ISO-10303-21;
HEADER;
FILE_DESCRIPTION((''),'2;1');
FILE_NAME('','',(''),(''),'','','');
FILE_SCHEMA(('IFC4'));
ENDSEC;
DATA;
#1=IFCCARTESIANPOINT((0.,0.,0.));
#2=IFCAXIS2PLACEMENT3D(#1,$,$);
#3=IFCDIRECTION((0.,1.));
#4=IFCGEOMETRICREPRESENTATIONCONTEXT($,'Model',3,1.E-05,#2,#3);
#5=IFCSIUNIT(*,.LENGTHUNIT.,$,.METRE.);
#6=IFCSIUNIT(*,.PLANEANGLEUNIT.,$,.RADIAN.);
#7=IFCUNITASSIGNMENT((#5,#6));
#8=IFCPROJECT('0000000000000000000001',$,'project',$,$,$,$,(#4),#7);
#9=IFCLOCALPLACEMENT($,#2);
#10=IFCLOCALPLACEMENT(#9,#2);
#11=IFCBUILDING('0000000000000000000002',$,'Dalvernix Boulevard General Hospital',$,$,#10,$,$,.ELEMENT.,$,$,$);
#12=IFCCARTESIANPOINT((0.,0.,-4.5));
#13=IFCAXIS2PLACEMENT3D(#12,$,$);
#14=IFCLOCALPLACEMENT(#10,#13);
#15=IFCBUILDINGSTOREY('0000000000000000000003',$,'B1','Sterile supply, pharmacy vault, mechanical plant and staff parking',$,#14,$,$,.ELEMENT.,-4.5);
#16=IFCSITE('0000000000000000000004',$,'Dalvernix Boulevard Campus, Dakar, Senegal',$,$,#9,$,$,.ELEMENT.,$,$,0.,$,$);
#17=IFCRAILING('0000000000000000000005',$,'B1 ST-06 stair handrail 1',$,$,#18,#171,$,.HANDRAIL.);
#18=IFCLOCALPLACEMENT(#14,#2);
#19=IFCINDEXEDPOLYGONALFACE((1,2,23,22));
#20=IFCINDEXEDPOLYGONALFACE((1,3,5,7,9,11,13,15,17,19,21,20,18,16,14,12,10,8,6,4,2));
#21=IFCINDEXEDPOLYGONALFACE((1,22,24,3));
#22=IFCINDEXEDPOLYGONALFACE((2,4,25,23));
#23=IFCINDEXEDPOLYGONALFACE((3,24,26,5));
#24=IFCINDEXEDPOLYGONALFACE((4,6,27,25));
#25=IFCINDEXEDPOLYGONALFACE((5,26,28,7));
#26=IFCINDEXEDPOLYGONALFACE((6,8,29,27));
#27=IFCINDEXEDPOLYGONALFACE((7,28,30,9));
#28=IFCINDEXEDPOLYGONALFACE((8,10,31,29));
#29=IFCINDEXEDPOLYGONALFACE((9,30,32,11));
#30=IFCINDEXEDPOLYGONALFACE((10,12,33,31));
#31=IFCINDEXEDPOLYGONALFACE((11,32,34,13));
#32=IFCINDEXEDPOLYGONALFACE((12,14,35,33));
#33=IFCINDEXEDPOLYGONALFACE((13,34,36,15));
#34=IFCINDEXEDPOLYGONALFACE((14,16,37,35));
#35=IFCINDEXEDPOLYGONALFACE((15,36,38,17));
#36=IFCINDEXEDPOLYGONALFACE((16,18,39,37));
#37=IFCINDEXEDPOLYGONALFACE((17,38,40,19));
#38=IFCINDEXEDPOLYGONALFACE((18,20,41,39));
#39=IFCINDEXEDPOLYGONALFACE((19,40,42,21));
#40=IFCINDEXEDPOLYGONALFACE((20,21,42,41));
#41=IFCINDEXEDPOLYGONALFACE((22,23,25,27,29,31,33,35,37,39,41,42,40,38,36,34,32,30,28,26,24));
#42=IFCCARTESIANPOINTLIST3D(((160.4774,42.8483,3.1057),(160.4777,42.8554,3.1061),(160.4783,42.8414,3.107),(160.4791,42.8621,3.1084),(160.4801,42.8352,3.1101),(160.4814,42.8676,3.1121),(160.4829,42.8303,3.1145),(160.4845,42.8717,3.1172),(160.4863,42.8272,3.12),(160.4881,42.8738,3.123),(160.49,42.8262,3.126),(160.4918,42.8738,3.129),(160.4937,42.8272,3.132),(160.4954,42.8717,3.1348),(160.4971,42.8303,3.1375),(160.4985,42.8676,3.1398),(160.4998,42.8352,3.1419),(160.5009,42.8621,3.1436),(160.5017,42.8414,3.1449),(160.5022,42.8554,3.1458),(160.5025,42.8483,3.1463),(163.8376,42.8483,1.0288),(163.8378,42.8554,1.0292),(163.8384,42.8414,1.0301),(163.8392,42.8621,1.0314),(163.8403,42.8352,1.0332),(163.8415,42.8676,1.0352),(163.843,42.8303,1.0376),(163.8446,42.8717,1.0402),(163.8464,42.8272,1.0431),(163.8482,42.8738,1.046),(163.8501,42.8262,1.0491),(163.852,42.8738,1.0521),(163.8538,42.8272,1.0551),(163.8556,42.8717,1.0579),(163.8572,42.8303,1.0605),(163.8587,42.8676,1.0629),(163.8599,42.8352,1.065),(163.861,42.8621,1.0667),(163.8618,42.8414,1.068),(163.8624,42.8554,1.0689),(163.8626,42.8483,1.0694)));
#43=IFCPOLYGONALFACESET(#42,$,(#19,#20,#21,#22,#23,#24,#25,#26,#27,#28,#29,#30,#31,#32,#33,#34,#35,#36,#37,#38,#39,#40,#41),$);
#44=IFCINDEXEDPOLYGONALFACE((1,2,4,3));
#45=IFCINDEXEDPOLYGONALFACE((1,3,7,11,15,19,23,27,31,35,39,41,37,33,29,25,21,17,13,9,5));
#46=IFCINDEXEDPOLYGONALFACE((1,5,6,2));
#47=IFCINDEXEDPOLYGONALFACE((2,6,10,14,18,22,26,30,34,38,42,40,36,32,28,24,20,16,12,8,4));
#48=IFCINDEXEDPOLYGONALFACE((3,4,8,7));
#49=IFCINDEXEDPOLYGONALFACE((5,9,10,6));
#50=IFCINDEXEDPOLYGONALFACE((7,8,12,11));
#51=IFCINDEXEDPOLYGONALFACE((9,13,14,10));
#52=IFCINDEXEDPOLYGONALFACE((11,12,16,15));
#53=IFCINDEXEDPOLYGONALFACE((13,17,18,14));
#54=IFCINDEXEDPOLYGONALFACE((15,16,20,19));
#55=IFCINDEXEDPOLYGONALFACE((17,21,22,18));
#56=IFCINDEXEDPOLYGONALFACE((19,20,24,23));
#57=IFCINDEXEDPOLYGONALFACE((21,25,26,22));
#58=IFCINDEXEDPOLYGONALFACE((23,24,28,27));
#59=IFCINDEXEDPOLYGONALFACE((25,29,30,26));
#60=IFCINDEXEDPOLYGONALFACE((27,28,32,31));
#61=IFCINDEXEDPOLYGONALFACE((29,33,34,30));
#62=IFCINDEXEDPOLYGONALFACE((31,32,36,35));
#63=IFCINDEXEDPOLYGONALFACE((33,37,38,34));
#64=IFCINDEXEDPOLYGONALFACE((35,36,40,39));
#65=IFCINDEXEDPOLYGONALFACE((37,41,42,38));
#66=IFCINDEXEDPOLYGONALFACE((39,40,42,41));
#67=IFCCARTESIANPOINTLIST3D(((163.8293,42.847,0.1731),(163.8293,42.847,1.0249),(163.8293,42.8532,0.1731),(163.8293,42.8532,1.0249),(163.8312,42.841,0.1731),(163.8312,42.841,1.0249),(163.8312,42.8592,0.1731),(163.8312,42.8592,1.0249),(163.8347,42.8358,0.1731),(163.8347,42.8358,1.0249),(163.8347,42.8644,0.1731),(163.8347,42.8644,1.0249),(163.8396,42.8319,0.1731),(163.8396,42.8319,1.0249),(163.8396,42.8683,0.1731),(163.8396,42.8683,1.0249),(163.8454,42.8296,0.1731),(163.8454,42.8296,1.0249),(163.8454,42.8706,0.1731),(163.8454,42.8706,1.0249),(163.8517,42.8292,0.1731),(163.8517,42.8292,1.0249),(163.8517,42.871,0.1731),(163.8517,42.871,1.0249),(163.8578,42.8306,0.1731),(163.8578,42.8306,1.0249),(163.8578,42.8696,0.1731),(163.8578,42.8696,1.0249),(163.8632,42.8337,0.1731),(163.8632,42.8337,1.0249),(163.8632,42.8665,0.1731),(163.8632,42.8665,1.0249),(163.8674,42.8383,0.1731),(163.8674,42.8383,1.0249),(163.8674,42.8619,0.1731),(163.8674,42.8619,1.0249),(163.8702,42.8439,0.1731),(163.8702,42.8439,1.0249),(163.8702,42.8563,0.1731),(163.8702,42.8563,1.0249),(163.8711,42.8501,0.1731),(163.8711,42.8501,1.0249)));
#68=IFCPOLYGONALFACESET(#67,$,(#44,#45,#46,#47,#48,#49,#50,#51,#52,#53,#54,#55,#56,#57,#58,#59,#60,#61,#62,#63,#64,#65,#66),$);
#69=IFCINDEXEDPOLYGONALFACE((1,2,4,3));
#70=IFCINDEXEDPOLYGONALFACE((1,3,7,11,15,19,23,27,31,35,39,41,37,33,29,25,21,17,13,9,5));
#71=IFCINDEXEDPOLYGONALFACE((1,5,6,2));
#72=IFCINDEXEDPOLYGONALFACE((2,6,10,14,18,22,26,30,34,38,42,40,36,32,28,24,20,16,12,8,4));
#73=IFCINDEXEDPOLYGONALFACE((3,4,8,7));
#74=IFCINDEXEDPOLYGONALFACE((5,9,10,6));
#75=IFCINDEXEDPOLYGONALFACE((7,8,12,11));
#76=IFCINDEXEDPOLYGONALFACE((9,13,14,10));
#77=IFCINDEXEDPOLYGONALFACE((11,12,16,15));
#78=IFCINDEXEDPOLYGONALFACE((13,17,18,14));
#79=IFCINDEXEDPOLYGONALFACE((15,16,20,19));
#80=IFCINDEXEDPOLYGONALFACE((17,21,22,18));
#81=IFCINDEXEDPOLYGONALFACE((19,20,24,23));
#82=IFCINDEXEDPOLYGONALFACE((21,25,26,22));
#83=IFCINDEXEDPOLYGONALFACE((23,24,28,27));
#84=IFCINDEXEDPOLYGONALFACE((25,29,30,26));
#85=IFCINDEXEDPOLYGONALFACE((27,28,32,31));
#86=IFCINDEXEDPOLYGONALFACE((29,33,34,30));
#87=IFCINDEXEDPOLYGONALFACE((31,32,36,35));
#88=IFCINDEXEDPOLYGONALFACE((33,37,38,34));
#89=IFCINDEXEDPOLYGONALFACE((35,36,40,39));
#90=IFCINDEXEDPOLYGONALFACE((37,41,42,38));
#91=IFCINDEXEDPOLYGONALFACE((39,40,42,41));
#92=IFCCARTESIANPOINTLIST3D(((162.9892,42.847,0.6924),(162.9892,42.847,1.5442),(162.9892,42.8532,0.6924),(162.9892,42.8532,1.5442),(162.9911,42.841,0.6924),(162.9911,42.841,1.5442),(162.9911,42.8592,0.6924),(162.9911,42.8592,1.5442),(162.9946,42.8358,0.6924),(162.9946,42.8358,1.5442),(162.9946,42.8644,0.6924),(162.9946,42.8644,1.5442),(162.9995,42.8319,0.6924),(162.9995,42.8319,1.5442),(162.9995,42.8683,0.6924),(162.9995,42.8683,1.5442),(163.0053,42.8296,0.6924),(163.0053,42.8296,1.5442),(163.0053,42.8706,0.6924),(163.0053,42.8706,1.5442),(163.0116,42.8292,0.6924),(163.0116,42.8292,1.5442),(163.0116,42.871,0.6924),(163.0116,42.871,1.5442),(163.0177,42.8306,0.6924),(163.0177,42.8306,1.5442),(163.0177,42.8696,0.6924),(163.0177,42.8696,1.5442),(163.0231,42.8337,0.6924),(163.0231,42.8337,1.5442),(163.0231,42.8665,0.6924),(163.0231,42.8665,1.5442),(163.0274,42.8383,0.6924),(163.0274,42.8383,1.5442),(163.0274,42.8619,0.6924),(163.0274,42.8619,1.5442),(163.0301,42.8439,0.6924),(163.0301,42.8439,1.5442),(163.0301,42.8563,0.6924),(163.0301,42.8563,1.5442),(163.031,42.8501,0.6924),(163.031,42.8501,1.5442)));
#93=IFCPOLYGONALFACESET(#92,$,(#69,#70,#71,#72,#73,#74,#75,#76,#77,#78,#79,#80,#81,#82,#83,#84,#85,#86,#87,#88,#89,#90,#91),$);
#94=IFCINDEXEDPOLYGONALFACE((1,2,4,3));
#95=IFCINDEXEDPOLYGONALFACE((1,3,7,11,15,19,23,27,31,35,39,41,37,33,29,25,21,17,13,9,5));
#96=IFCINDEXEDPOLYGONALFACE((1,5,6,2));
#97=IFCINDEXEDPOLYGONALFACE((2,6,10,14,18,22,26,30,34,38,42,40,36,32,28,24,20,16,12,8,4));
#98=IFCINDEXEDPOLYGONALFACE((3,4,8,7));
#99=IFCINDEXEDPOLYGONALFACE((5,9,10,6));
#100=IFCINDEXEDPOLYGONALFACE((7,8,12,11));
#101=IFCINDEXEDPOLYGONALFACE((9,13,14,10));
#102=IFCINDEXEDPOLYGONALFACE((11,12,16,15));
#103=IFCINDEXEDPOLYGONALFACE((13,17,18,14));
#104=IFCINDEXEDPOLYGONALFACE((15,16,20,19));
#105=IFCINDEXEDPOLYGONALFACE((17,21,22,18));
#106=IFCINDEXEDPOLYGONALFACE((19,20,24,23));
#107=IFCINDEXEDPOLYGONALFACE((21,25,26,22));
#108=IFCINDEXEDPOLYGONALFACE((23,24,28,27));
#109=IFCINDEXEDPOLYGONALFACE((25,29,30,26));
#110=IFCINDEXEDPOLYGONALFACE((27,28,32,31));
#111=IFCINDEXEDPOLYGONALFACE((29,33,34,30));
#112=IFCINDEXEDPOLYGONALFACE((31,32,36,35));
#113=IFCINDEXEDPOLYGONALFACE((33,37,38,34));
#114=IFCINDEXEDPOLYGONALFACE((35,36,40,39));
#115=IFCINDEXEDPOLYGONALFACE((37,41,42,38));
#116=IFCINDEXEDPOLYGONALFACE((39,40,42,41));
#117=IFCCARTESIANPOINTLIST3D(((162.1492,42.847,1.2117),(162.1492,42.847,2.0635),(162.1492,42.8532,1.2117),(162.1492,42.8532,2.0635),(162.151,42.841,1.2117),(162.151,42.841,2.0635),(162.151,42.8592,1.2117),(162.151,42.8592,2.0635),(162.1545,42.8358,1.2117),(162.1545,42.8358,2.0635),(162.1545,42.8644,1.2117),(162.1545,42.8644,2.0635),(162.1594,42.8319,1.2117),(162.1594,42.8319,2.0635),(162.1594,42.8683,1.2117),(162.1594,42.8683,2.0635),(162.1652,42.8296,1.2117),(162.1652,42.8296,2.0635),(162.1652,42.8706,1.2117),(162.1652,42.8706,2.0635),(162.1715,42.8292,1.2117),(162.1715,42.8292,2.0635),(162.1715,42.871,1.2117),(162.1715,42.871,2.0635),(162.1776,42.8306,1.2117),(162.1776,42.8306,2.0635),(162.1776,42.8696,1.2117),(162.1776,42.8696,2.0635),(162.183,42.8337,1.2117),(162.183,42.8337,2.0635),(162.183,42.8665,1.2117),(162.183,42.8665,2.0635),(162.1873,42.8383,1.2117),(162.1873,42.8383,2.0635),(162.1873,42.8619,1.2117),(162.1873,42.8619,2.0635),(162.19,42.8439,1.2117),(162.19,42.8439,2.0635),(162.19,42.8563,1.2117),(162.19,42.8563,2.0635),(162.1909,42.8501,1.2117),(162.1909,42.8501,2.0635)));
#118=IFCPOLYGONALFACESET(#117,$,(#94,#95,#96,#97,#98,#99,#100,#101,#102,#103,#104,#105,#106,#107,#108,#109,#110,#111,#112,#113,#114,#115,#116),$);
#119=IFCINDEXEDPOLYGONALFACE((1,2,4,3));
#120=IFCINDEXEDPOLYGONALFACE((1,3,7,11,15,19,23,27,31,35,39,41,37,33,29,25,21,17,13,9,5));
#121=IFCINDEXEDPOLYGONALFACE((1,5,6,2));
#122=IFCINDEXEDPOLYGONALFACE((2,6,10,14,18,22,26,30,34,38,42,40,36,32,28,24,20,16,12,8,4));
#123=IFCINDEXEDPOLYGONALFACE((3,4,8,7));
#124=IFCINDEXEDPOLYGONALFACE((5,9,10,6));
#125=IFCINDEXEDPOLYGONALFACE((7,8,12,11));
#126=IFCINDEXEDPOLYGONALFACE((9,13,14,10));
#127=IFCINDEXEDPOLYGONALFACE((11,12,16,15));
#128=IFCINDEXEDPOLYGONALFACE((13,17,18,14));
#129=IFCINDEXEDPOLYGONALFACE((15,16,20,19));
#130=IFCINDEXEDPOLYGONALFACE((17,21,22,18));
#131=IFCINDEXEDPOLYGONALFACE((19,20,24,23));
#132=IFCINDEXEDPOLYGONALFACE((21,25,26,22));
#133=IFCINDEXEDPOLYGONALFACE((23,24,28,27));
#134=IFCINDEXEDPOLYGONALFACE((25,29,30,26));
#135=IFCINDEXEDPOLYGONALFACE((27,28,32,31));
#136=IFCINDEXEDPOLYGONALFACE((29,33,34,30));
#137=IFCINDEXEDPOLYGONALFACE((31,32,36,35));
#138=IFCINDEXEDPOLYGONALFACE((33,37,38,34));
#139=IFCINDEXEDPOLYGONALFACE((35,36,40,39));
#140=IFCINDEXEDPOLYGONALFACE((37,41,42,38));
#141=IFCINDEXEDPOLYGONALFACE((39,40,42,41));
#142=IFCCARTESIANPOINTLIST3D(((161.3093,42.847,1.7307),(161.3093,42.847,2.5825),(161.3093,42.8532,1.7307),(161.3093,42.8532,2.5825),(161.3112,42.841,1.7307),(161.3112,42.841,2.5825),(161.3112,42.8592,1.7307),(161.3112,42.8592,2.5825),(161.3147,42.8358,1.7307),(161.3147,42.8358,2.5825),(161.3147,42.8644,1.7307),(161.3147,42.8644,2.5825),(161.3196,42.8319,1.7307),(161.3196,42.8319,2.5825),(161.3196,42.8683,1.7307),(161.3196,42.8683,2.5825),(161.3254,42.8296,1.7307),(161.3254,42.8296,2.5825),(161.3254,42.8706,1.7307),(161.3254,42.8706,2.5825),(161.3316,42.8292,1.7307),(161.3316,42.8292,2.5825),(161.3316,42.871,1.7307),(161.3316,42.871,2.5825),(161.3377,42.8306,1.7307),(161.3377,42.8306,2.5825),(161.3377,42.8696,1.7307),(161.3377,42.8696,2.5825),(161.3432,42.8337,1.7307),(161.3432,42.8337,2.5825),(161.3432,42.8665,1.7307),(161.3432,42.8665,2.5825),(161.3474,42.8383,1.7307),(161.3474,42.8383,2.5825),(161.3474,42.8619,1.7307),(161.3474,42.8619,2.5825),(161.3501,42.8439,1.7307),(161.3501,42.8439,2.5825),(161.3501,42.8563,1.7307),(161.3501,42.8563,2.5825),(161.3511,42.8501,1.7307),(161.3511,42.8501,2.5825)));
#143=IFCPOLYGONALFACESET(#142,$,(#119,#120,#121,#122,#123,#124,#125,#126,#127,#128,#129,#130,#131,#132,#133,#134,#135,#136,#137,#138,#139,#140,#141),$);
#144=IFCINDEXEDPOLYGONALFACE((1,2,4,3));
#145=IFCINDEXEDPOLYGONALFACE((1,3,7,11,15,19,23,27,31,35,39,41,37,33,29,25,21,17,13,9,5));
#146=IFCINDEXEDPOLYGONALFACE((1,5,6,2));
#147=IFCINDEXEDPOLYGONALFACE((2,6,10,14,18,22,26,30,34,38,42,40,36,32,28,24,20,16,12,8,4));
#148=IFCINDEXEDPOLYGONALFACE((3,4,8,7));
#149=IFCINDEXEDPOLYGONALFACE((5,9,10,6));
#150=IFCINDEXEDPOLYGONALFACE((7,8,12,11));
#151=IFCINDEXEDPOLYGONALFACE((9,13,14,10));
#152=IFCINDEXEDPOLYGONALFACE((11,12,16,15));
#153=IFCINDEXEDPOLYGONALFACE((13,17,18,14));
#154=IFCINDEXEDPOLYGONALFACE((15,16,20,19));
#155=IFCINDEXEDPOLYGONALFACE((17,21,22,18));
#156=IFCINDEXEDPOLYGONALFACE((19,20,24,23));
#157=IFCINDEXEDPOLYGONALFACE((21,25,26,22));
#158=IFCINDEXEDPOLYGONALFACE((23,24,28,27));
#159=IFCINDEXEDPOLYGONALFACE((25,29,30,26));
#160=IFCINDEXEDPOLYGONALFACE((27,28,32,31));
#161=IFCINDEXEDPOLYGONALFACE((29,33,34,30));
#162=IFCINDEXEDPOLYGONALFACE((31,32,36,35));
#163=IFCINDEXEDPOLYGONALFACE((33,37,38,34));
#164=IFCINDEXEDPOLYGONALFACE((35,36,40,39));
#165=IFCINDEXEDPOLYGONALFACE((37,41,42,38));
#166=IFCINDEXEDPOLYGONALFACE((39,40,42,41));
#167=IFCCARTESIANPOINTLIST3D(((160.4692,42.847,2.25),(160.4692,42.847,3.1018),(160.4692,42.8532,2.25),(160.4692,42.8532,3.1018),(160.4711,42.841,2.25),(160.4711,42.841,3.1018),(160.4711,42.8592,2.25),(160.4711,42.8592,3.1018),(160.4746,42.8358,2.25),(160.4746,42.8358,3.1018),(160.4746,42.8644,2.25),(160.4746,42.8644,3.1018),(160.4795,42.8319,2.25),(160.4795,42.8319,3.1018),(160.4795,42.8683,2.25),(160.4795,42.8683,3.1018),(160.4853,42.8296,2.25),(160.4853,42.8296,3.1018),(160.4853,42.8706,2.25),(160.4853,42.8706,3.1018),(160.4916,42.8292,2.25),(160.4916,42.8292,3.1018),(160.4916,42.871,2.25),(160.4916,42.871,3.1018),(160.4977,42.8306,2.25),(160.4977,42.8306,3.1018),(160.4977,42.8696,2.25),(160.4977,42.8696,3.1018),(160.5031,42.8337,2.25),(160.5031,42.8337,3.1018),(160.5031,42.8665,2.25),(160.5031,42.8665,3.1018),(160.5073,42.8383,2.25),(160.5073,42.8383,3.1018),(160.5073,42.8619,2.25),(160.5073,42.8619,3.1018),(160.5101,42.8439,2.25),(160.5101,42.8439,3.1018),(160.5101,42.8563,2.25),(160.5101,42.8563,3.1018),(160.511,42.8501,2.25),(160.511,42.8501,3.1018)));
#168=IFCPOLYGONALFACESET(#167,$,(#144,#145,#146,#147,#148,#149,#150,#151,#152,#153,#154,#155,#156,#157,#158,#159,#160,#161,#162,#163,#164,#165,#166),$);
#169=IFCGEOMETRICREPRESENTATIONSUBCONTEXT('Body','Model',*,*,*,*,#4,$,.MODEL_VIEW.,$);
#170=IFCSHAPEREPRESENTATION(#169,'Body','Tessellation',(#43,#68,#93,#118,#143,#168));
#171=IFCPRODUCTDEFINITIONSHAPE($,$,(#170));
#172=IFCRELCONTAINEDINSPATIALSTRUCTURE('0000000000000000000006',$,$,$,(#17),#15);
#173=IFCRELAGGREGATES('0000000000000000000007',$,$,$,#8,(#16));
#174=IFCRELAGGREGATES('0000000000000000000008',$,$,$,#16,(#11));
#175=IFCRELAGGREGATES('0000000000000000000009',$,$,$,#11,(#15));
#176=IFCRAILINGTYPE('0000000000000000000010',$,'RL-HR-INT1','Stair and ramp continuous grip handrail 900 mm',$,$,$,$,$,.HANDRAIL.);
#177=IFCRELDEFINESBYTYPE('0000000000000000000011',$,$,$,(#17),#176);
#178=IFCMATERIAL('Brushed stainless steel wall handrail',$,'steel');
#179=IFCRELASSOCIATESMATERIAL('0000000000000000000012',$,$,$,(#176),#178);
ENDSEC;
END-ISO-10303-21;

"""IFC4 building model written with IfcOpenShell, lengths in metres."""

from ifc_helpers import new_model, si_unit, direction, frame, origin, origin_2d, place, context, subcontext, project, spatial, circle, extrude, material, type_object, element, save


model = new_model("IFC4")

# Units and contexts
model_context = context("Model", 3, precision=1e-05, world=origin(), true_north=direction((0.0, 1.0)))
body_context = subcontext(model_context, "Body", "Model", "MODEL_VIEW")
ifc_project = project(units=[si_unit("LENGTHUNIT", "METRE"), si_unit("PLANEANGLEUNIT", "RADIAN")], contexts=[model_context])

# Site, building, storey
site_placement = place(None, origin())
site = spatial("IfcSite", under=ifc_project, at=site_placement, Name="Dalvernix Boulevard Campus, Dakar, Senegal", CompositionType="ELEMENT", RefElevation=0.0)
building_placement = place(site_placement, origin())
building = spatial("IfcBuilding", under=site, at=building_placement, Name="Dalvernix Boulevard General Hospital", CompositionType="ELEMENT")
storey_placement = place(building_placement, frame((0.0, 0.0, -4.5)))
storey = spatial("IfcBuildingStorey", under=building, at=storey_placement, Name="B1", Description="Sterile supply, pharmacy vault, mechanical plant and staff parking", CompositionType="ELEMENT", Elevation=-4.5)

# Railing
ifc_material_1 = material(Name="Brushed stainless steel wall handrail", Category="steel")
railing_type_1 = type_object("IfcRailingType", Name="RL-HR-INT1", Description="Stair and ramp continuous grip handrail 900 mm", PredefinedType="HANDRAIL", material=ifc_material_1)
railing_1_placement = place(storey_placement, frame((163.8501, 42.8501, 0.1731)))
element("IfcRailing", 1, at=railing_1_placement, inside=storey, type_object=railing_type_1, Name="B1 ST-06 stair handrail 1", PredefinedType="HANDRAIL", context=body_context, shape_type="SweptSolid", body=[
    extrude(circle(Radius=0.0239, at=origin_2d()), frame((0.0, 0.0, 0.876), z_axis=(-0.850623, 0.0, 0.525776), x_axis=(0.0, -1.0, 0.0)), (0.0, 0.0, 1.0), 3.9502),
    extrude(circle(Radius=0.021, at=origin_2d()), origin(), (0.0, 0.0, 1.0), 0.8518),
    extrude(circle(Radius=0.021, at=origin_2d()), frame((-0.8401, 0.0, 0.5193)), (0.0, 0.0, 1.0), 0.8518),
    extrude(circle(Radius=0.021, at=origin_2d()), frame((-1.6802, 0.0, 1.0386)), (0.0, 0.0, 1.0), 0.8518),
    extrude(circle(Radius=0.021, at=origin_2d()), frame((-2.52, 0.0, 1.5576)), (0.0, 0.0, 1.0), 0.8518),
    extrude(circle(Radius=0.021, at=origin_2d()), frame((-3.3601, 0.0, 2.0769)), (0.0, 0.0, 1.0), 0.8518),
])

save(model, "model.ifc")
